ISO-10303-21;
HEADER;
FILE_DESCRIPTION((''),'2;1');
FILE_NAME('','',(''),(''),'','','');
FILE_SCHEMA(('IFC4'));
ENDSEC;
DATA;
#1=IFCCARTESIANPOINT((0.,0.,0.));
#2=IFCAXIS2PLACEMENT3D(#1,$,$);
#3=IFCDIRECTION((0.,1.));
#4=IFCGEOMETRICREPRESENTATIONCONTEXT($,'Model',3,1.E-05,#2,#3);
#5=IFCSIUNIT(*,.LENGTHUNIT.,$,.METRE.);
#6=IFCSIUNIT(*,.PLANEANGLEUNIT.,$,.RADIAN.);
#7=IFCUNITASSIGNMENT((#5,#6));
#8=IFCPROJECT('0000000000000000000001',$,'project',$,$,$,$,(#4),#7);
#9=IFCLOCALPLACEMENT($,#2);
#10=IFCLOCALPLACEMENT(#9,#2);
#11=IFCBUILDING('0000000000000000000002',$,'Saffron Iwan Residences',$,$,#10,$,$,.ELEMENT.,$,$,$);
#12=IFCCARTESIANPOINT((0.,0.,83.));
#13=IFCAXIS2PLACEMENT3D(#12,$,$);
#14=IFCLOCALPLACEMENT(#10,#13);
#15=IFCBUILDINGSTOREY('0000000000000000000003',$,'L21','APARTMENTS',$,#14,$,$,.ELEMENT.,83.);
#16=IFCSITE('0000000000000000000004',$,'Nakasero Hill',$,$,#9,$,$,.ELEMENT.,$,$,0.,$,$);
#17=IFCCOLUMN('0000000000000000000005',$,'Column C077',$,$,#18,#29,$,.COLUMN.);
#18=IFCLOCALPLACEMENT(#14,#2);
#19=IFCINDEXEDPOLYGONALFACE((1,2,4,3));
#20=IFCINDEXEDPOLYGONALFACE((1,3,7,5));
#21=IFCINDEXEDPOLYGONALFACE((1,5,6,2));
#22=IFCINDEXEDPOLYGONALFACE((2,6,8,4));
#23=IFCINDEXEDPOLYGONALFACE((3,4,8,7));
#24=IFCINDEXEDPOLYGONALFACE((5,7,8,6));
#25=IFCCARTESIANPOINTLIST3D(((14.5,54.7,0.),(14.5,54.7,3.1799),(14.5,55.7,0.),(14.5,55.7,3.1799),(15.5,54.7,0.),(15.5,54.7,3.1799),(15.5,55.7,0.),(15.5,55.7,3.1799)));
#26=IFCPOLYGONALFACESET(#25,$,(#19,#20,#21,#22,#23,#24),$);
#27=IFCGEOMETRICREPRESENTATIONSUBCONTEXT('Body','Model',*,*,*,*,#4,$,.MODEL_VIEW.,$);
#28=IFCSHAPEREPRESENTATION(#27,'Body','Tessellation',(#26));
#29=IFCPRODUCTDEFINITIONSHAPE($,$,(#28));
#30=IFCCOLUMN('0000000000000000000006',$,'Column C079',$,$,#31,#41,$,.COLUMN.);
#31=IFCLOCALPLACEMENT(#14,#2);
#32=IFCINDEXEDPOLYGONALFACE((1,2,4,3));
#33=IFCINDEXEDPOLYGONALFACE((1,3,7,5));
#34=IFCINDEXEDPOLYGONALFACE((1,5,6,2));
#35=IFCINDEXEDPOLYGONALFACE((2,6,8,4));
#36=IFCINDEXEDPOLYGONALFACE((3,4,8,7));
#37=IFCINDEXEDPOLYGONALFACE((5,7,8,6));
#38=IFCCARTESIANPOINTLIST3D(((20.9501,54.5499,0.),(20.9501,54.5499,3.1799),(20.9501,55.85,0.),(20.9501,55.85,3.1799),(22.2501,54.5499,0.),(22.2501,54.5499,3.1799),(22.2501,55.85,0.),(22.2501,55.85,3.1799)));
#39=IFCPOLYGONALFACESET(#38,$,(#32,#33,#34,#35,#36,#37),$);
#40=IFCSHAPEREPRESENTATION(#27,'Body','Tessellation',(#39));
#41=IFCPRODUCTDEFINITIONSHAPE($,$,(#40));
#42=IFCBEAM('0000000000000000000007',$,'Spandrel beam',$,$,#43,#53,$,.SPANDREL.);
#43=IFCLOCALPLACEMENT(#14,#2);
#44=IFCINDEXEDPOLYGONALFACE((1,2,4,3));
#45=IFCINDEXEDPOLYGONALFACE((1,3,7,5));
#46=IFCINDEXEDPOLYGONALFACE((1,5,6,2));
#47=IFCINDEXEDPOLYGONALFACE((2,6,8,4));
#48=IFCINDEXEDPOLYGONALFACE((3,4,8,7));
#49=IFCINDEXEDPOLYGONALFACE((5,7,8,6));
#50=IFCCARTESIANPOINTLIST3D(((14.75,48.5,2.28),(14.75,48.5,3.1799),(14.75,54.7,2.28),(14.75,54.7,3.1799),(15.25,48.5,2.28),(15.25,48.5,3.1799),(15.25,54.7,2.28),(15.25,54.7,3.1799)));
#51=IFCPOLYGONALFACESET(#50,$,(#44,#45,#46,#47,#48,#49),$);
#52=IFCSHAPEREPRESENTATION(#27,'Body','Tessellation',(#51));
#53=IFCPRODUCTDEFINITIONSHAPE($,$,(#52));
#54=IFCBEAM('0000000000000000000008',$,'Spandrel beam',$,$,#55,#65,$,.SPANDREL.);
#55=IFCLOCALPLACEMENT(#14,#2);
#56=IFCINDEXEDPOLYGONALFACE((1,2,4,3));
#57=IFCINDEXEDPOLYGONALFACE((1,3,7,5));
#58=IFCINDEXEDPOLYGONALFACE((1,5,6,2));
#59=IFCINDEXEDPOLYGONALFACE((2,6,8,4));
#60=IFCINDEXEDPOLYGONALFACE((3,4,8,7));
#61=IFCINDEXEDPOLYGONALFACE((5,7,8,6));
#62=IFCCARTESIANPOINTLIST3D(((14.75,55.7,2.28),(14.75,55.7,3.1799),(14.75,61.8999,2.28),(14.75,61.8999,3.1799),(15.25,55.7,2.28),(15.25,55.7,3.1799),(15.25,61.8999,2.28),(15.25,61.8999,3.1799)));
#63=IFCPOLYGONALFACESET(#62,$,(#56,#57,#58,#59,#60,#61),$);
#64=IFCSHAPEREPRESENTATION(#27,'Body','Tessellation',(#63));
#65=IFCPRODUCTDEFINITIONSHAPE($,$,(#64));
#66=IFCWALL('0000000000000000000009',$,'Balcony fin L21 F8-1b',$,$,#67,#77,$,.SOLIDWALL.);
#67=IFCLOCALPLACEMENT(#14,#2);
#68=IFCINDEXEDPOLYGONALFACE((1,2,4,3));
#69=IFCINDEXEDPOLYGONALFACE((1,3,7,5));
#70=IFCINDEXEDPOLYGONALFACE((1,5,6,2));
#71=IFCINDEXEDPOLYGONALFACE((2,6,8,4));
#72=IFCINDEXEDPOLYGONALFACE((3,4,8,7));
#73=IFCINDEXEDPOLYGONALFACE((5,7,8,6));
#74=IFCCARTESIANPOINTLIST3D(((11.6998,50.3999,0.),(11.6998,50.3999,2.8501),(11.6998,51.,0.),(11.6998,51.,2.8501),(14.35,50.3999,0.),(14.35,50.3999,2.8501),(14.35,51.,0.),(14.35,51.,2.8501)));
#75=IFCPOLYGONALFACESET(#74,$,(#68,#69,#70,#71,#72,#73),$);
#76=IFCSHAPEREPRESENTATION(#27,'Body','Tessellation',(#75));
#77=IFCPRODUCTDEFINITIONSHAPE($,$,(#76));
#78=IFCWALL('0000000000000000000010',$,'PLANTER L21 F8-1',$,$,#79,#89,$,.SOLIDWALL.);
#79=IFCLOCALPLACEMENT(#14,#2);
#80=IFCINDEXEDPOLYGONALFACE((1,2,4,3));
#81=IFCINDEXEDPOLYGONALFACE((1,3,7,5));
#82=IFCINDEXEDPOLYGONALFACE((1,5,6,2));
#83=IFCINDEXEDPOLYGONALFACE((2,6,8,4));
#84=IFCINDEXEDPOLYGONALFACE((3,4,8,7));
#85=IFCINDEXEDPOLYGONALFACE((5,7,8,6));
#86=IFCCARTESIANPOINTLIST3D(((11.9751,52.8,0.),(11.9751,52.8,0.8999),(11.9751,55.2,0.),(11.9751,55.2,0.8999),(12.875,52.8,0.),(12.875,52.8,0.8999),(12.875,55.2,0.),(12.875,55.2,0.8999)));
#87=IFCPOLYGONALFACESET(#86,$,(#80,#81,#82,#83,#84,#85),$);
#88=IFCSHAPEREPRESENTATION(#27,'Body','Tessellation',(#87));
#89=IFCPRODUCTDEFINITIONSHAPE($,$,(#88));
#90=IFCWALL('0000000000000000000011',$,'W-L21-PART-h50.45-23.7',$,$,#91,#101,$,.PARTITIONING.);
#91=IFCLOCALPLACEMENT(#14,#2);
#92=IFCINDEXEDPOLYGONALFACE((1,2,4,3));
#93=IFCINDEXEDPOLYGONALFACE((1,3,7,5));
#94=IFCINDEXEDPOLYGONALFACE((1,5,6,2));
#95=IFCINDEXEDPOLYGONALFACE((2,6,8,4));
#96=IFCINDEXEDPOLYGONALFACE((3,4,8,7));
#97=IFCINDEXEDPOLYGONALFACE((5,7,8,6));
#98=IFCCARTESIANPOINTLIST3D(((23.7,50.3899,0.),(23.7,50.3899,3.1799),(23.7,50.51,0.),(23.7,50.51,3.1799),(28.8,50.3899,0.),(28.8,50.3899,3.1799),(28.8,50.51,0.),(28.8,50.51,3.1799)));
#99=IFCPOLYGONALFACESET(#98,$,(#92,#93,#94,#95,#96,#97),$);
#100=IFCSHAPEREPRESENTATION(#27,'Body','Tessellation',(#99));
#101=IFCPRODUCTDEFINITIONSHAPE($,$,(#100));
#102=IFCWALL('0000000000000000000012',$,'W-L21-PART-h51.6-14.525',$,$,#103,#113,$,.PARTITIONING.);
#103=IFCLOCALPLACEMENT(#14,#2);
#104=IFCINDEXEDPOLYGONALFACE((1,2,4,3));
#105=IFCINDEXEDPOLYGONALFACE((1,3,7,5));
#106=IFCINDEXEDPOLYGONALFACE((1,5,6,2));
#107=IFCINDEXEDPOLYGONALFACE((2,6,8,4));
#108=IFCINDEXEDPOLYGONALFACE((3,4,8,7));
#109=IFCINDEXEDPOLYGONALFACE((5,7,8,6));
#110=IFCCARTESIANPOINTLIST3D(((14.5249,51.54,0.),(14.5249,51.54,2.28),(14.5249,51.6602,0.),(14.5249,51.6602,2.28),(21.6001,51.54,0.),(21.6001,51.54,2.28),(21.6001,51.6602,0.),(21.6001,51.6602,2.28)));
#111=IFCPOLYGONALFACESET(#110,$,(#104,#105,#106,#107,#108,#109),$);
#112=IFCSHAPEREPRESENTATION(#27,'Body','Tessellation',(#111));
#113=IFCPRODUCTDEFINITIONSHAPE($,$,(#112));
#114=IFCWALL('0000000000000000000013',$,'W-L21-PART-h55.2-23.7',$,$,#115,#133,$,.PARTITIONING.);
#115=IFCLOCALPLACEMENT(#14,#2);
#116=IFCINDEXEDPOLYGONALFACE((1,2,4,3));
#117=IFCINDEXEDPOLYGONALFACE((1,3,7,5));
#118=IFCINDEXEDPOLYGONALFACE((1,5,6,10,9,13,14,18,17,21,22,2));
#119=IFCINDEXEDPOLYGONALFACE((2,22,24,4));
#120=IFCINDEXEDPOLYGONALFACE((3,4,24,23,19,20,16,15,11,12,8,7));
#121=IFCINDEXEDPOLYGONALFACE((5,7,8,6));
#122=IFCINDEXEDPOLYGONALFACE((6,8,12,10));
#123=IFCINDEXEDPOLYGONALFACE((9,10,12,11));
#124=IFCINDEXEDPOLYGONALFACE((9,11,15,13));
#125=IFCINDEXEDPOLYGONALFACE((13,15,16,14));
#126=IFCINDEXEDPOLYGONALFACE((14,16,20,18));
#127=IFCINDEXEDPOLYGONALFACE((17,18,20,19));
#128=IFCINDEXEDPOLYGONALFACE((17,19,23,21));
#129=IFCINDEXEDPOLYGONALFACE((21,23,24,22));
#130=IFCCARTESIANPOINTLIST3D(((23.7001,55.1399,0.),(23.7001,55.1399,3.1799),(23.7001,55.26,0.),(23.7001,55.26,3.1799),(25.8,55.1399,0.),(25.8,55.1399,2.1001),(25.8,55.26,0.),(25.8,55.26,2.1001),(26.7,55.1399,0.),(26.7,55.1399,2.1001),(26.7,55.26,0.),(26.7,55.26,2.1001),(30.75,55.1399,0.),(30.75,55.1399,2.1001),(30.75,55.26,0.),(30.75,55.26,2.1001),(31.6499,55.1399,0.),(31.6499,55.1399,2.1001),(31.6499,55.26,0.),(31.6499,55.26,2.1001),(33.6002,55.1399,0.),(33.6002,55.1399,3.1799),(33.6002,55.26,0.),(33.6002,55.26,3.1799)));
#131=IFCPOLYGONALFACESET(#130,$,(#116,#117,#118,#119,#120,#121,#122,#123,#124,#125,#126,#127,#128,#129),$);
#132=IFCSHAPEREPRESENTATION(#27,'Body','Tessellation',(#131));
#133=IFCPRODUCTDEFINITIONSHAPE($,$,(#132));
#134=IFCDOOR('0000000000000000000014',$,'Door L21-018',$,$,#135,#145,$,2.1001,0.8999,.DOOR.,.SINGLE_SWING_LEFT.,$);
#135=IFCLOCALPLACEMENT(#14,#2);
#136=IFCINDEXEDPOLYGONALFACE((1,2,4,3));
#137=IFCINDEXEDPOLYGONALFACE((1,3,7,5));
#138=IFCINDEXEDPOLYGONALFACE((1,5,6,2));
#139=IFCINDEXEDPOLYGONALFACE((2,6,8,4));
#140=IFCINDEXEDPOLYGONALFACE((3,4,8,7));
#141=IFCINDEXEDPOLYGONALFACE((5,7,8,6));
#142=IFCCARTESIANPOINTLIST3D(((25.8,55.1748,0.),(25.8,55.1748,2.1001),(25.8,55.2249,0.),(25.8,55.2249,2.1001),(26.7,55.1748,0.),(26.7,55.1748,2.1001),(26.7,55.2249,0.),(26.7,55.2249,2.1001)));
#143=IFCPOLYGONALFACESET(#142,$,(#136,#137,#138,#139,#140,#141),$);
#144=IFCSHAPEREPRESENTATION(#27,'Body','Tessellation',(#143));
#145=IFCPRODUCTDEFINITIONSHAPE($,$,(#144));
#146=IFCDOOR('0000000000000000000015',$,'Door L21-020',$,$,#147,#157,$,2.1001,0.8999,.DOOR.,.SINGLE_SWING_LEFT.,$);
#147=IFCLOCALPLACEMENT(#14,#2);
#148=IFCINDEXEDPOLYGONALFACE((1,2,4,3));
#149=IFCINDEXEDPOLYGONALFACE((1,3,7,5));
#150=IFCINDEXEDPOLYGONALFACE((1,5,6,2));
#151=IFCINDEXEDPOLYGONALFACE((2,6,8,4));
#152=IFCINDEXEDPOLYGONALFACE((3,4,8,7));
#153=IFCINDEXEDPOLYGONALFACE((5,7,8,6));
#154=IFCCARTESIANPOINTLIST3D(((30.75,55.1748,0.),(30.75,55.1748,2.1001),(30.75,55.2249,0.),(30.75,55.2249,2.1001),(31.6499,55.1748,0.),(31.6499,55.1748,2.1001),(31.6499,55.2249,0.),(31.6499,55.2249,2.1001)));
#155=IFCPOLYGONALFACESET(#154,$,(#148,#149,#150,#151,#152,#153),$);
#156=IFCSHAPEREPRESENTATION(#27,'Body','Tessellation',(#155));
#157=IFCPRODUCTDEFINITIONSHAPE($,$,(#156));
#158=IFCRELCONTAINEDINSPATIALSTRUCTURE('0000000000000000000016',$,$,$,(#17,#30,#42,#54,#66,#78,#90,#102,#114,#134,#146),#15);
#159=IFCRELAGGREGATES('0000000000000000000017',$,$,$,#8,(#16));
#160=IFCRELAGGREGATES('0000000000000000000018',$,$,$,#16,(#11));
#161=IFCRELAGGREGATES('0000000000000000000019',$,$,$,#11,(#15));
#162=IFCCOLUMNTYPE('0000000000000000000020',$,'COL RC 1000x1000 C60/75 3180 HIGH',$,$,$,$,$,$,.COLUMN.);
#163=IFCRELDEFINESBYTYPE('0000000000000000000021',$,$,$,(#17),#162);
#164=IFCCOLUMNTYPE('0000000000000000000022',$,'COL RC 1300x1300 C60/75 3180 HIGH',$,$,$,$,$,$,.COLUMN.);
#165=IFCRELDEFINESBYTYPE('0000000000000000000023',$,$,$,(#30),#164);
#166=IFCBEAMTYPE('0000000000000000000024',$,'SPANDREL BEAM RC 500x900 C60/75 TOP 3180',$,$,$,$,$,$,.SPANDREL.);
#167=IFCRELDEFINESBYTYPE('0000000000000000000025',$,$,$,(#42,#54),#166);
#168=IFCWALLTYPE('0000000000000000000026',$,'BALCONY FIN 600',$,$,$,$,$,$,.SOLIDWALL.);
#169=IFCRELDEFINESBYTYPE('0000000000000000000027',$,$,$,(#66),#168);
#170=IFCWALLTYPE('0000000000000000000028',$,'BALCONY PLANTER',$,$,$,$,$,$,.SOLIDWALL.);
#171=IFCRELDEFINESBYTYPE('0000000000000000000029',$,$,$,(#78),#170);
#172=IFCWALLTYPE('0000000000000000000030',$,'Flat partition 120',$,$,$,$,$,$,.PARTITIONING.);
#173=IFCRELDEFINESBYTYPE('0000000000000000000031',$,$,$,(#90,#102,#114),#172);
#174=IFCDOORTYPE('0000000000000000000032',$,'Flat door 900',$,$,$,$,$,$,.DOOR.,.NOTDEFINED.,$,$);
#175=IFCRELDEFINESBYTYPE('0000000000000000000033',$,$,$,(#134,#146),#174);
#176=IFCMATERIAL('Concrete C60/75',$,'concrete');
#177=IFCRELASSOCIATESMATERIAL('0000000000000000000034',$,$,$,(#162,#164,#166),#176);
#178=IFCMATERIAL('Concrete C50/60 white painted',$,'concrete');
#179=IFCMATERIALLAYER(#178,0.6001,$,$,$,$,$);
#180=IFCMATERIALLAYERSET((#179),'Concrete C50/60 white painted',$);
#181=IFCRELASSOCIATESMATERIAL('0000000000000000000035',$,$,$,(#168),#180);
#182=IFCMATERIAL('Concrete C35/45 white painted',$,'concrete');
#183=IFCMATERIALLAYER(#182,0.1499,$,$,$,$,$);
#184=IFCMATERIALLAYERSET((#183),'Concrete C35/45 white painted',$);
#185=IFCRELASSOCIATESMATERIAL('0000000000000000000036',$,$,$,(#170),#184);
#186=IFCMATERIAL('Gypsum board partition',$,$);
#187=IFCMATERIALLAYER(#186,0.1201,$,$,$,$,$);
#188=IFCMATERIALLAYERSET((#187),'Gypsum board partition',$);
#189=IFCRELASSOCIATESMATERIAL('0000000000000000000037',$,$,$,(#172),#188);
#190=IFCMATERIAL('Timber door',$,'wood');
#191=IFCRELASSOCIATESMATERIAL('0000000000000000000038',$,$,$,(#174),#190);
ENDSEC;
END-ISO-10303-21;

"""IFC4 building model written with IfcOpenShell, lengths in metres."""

from ifc_helpers import new_model, si_unit, direction, frame, frame_2d, origin, origin_2d, place, context, subcontext, project, spatial, rectangle, extrude, source, transform, mapped, material, layer, layer_set, material_profile, profile_set, type_object, element, fill, save


model = new_model("IFC4")

# Units and contexts
model_context = context("Model", 3, precision=1e-05, world=origin(), true_north=direction((0.0, 1.0)))
body_context = subcontext(model_context, "Body", "Model", "MODEL_VIEW")
ifc_project = project(units=[si_unit("LENGTHUNIT", "METRE"), si_unit("PLANEANGLEUNIT", "RADIAN")], contexts=[model_context])

# Site, building, storey
site_placement = place(None, origin())
site = spatial("IfcSite", under=ifc_project, at=site_placement, Name="Nakasero Hill", CompositionType="ELEMENT", RefElevation=0.0)
building_placement = place(site_placement, origin())
building = spatial("IfcBuilding", under=site, at=building_placement, Name="Saffron Iwan Residences", CompositionType="ELEMENT")
storey_placement = place(building_placement, frame((0.0, 0.0, 83.0)))
storey = spatial("IfcBuildingStorey", under=building, at=storey_placement, Name="L21", Description="APARTMENTS", CompositionType="ELEMENT", Elevation=83.0)

# Columns
ifc_material_1 = material(Name="Concrete C60/75", Category="concrete")
ifc_material_profile_1 = material_profile(ifc_material_1, rectangle(XDim=1.0, YDim=1.0, at=origin_2d()), Name="RC 1000x1000")
ifc_profile_set_1 = profile_set([ifc_material_profile_1], Name="Concrete C60/75")
column_type_1 = type_object("IfcColumnType", Name="COL RC 1000x1000 C60/75 3180 HIGH", PredefinedType="COLUMN", material=ifc_profile_set_1)
shared_shape_1 = source(origin(), body_context, "Body", "SweptSolid", [
    extrude(rectangle(XDim=1.0, YDim=1.0, at=origin_2d()), origin(), (0.0, 0.0, 1.0), 3.1799),
])
column_1_placement = place(storey_placement, frame((15.0, 55.2, 0.0), z_axis=(0.0, 0.0, 1.0), x_axis=(1.0, 0.0, 0.0)))
element("IfcColumn", 1, at=column_1_placement, inside=storey, type_object=column_type_1, Name="Column C077", PredefinedType="COLUMN", context=body_context, shape_type="MappedRepresentation", body=[
    mapped(shared_shape_1, transform((0.0, 0.0, 0.0))),
])
ifc_material_profile_2 = material_profile(ifc_material_1, rectangle(XDim=1.3, YDim=1.3, at=origin_2d()), Name="RC 1300x1300")
ifc_profile_set_2 = profile_set([ifc_material_profile_2], Name="Concrete C60/75")
column_type_2 = type_object("IfcColumnType", Name="COL RC 1300x1300 C60/75 3180 HIGH", PredefinedType="COLUMN", material=ifc_profile_set_2)
shared_shape_2 = source(origin(), body_context, "Body", "SweptSolid", [
    extrude(rectangle(XDim=1.3, YDim=1.3, at=origin_2d()), origin(), (0.0, 0.0, 1.0), 3.1799),
])
column_2_placement = place(storey_placement, frame((21.6001, 55.2, 0.0), z_axis=(0.0, 0.0, 1.0), x_axis=(1.0, 0.0, 0.0)))
element("IfcColumn", 2, at=column_2_placement, inside=storey, type_object=column_type_2, Name="Column C079", PredefinedType="COLUMN", context=body_context, shape_type="MappedRepresentation", body=[
    mapped(shared_shape_2, transform((0.0, 0.0, 0.0))),
])

# Beams
ifc_material_profile_3 = material_profile(ifc_material_1, rectangle(XDim=0.5, YDim=0.8999, at=origin_2d()), Name="RC 500x900")
ifc_profile_set_3 = profile_set([ifc_material_profile_3], Name="Concrete C60/75")
beam_type = type_object("IfcBeamType", Name="SPANDREL BEAM RC 500x900 C60/75 TOP 3180", PredefinedType="SPANDREL", material=ifc_profile_set_3)
shared_shape_3 = source(origin(), body_context, "Body", "SweptSolid", [
    extrude(rectangle(XDim=0.5, YDim=0.8999, at=origin_2d()), origin(), (0.0, 0.0, 1.0), 6.2),
])
for number, where, z_axis, x_axis, name in (
    (3, (15.0, 48.5, 2.73), (0.0, 1.0, 0.0), (-1.0, 0.0, 0.0), "Spandrel beam"),
    (4, (15.0, 55.7, 2.73), (0.0, 1.0, 0.0), (-1.0, 0.0, 0.0), "Spandrel beam"),
):
    element("IfcBeam", number, at=place(storey_placement, frame(where, z_axis=z_axis, x_axis=x_axis)), inside=storey, type_object=beam_type, Name=name, PredefinedType="SPANDREL", context=body_context, shape_type="MappedRepresentation", body=[
        mapped(shared_shape_3, transform((0.0, 0.0, 0.0))),
    ])

# Walls
ifc_material_2 = material(Name="Concrete C50/60 white painted", Category="concrete")
ifc_layer_1 = layer(ifc_material_2, 0.6001)
ifc_layer_set_1 = layer_set([ifc_layer_1], Name="Concrete C50/60 white painted")
wall_type_1 = type_object("IfcWallType", Name="BALCONY FIN 600", PredefinedType="SOLIDWALL", material=ifc_layer_set_1)
wall_1_placement = place(storey_placement, frame((14.3501, 50.7, 0.0), z_axis=(0.0, 0.0, 1.0), x_axis=(-1.0, 0.0, 0.0)))
element("IfcWall", 5, at=wall_1_placement, inside=storey, type_object=wall_type_1, Name="Balcony fin L21 F8-1b", PredefinedType="SOLIDWALL", context=body_context, shape_type="SweptSolid", body=[
    extrude(rectangle(XDim=2.6501, YDim=0.6001, at=frame_2d((1.3252, 0.0))), origin(), (0.0, 0.0, 1.0), 2.8501),
])
ifc_material_3 = material(Name="Concrete C35/45 white painted", Category="concrete")
ifc_layer_2 = layer(ifc_material_3, 0.1499)
ifc_layer_set_2 = layer_set([ifc_layer_2], Name="Concrete C35/45 white painted")
wall_type_2 = type_object("IfcWallType", Name="BALCONY PLANTER", PredefinedType="SOLIDWALL", material=ifc_layer_set_2)
wall_2_placement = place(storey_placement, frame((12.425, 55.2, 0.0), z_axis=(0.0, 0.0, 1.0), x_axis=(0.0, -1.0, 0.0)))
element("IfcWall", 6, at=wall_2_placement, inside=storey, type_object=wall_type_2, Name="PLANTER L21 F8-1", PredefinedType="SOLIDWALL", context=body_context, shape_type="SweptSolid", body=[
    extrude(rectangle(XDim=2.3999, YDim=0.8999, at=frame_2d((1.2, 0.0))), origin(), (0.0, 0.0, 1.0), 0.8999),
])

# Walls
ifc_material_4 = material(Name="Gypsum board partition")
ifc_layer_3 = layer(ifc_material_4, 0.1201)
ifc_layer_set_3 = layer_set([ifc_layer_3], Name="Gypsum board partition")
wall_type_3 = type_object("IfcWallType", Name="Flat partition 120", PredefinedType="PARTITIONING", material=ifc_layer_set_3)
wall_3_placement = place(storey_placement, frame((23.7, 50.45, 0.0), z_axis=(0.0, 0.0, 1.0), x_axis=(1.0, 0.0, 0.0)))
element("IfcWall", 7, at=wall_3_placement, inside=storey, type_object=wall_type_3, Name="W-L21-PART-h50.45-23.7", PredefinedType="PARTITIONING", context=body_context, shape_type="SweptSolid", body=[
    extrude(rectangle(XDim=5.1001, YDim=0.1201, at=frame_2d((2.55, 0.0))), origin(), (0.0, 0.0, 1.0), 3.1799),
])
wall_4_placement = place(storey_placement, frame((14.5249, 51.6001, 0.0), z_axis=(0.0, 0.0, 1.0), x_axis=(1.0, 0.0, 0.0)))
element("IfcWall", 8, at=wall_4_placement, inside=storey, type_object=wall_type_3, Name="W-L21-PART-h51.6-14.525", PredefinedType="PARTITIONING", context=body_context, shape_type="SweptSolid", body=[
    extrude(rectangle(XDim=7.0752, YDim=0.1201, at=frame_2d((3.5376, 0.0))), origin(), (0.0, 0.0, 1.0), 2.28),
])

# Wall, openings, doors
wall_5_placement = place(storey_placement, frame((23.7, 55.2, 0.0), z_axis=(0.0, 0.0, 1.0), x_axis=(1.0, 0.0, 0.0)))
wall_5 = element("IfcWall", 9, at=wall_5_placement, inside=storey, type_object=wall_type_3, Name="W-L21-PART-h55.2-23.7", PredefinedType="PARTITIONING", context=body_context, shape_type="SweptSolid", body=[
    extrude(rectangle(XDim=9.9001, YDim=0.1201, at=frame_2d((4.9502, 0.0))), origin(), (0.0, 0.0, 1.0), 3.1799),
])
opening_1_placement = place(wall_5_placement, frame((2.1001, 0.0, 0.0)))
opening_1 = element("IfcOpeningElement", 10, at=opening_1_placement, cuts=wall_5, PredefinedType="OPENING", context=body_context, shape_type="SweptSolid", body=[
    extrude(rectangle(XDim=0.8999, YDim=2.1001, at=frame_2d((0.45, 1.05))), frame((0.0, 0.0701, 0.0), z_axis=(0.0, -1.0, 0.0), x_axis=(1.0, 0.0, 0.0)), (0.0, 0.0, 1.0), 0.1401),
])
opening_2_placement = place(wall_5_placement, frame((7.05, 0.0, 0.0)))
opening_2 = element("IfcOpeningElement", 11, at=opening_2_placement, cuts=wall_5, PredefinedType="OPENING", context=body_context, shape_type="SweptSolid", body=[
    extrude(rectangle(XDim=0.8999, YDim=2.1001, at=frame_2d((0.45, 1.05))), frame((0.0, 0.0701, 0.0), z_axis=(0.0, -1.0, 0.0), x_axis=(1.0, 0.0, 0.0)), (0.0, 0.0, 1.0), 0.1401),
])
ifc_material_5 = material(Name="Timber door", Category="wood")
door_type_1 = type_object("IfcDoorType", Name="Flat door 900", OperationType="NOTDEFINED", PredefinedType="DOOR", material=ifc_material_5)
door_1_placement = place(opening_1_placement, origin())
door_1 = element("IfcDoor", 12, at=door_1_placement, inside=storey, type_object=door_type_1, Name="Door L21-018", OperationType="SINGLE_SWING_LEFT", OverallHeight=2.1001, OverallWidth=0.8999, PredefinedType="DOOR", context=body_context, shape_type="SweptSolid", body=[
    extrude(rectangle(XDim=0.8999, YDim=2.1001, at=frame_2d((0.45, 1.05))), frame((0.0, 0.0249, 0.0), z_axis=(0.0, -1.0, 0.0), x_axis=(1.0, 0.0, 0.0)), (0.0, 0.0, 1.0), 0.05),
])
fill(opening_1, door_1)
door_2_placement = place(opening_2_placement, origin())
door_2 = element("IfcDoor", 13, at=door_2_placement, inside=storey, type_object=door_type_1, Name="Door L21-020", OperationType="SINGLE_SWING_LEFT", OverallHeight=2.1001, OverallWidth=0.8999, PredefinedType="DOOR", context=body_context, shape_type="SweptSolid", body=[
    extrude(rectangle(XDim=0.8999, YDim=2.1001, at=frame_2d((0.45, 1.05))), frame((0.0, 0.0249, 0.0), z_axis=(0.0, -1.0, 0.0), x_axis=(1.0, 0.0, 0.0)), (0.0, 0.0, 1.0), 0.05),
])
fill(opening_2, door_2)

save(model, "model.ifc")
